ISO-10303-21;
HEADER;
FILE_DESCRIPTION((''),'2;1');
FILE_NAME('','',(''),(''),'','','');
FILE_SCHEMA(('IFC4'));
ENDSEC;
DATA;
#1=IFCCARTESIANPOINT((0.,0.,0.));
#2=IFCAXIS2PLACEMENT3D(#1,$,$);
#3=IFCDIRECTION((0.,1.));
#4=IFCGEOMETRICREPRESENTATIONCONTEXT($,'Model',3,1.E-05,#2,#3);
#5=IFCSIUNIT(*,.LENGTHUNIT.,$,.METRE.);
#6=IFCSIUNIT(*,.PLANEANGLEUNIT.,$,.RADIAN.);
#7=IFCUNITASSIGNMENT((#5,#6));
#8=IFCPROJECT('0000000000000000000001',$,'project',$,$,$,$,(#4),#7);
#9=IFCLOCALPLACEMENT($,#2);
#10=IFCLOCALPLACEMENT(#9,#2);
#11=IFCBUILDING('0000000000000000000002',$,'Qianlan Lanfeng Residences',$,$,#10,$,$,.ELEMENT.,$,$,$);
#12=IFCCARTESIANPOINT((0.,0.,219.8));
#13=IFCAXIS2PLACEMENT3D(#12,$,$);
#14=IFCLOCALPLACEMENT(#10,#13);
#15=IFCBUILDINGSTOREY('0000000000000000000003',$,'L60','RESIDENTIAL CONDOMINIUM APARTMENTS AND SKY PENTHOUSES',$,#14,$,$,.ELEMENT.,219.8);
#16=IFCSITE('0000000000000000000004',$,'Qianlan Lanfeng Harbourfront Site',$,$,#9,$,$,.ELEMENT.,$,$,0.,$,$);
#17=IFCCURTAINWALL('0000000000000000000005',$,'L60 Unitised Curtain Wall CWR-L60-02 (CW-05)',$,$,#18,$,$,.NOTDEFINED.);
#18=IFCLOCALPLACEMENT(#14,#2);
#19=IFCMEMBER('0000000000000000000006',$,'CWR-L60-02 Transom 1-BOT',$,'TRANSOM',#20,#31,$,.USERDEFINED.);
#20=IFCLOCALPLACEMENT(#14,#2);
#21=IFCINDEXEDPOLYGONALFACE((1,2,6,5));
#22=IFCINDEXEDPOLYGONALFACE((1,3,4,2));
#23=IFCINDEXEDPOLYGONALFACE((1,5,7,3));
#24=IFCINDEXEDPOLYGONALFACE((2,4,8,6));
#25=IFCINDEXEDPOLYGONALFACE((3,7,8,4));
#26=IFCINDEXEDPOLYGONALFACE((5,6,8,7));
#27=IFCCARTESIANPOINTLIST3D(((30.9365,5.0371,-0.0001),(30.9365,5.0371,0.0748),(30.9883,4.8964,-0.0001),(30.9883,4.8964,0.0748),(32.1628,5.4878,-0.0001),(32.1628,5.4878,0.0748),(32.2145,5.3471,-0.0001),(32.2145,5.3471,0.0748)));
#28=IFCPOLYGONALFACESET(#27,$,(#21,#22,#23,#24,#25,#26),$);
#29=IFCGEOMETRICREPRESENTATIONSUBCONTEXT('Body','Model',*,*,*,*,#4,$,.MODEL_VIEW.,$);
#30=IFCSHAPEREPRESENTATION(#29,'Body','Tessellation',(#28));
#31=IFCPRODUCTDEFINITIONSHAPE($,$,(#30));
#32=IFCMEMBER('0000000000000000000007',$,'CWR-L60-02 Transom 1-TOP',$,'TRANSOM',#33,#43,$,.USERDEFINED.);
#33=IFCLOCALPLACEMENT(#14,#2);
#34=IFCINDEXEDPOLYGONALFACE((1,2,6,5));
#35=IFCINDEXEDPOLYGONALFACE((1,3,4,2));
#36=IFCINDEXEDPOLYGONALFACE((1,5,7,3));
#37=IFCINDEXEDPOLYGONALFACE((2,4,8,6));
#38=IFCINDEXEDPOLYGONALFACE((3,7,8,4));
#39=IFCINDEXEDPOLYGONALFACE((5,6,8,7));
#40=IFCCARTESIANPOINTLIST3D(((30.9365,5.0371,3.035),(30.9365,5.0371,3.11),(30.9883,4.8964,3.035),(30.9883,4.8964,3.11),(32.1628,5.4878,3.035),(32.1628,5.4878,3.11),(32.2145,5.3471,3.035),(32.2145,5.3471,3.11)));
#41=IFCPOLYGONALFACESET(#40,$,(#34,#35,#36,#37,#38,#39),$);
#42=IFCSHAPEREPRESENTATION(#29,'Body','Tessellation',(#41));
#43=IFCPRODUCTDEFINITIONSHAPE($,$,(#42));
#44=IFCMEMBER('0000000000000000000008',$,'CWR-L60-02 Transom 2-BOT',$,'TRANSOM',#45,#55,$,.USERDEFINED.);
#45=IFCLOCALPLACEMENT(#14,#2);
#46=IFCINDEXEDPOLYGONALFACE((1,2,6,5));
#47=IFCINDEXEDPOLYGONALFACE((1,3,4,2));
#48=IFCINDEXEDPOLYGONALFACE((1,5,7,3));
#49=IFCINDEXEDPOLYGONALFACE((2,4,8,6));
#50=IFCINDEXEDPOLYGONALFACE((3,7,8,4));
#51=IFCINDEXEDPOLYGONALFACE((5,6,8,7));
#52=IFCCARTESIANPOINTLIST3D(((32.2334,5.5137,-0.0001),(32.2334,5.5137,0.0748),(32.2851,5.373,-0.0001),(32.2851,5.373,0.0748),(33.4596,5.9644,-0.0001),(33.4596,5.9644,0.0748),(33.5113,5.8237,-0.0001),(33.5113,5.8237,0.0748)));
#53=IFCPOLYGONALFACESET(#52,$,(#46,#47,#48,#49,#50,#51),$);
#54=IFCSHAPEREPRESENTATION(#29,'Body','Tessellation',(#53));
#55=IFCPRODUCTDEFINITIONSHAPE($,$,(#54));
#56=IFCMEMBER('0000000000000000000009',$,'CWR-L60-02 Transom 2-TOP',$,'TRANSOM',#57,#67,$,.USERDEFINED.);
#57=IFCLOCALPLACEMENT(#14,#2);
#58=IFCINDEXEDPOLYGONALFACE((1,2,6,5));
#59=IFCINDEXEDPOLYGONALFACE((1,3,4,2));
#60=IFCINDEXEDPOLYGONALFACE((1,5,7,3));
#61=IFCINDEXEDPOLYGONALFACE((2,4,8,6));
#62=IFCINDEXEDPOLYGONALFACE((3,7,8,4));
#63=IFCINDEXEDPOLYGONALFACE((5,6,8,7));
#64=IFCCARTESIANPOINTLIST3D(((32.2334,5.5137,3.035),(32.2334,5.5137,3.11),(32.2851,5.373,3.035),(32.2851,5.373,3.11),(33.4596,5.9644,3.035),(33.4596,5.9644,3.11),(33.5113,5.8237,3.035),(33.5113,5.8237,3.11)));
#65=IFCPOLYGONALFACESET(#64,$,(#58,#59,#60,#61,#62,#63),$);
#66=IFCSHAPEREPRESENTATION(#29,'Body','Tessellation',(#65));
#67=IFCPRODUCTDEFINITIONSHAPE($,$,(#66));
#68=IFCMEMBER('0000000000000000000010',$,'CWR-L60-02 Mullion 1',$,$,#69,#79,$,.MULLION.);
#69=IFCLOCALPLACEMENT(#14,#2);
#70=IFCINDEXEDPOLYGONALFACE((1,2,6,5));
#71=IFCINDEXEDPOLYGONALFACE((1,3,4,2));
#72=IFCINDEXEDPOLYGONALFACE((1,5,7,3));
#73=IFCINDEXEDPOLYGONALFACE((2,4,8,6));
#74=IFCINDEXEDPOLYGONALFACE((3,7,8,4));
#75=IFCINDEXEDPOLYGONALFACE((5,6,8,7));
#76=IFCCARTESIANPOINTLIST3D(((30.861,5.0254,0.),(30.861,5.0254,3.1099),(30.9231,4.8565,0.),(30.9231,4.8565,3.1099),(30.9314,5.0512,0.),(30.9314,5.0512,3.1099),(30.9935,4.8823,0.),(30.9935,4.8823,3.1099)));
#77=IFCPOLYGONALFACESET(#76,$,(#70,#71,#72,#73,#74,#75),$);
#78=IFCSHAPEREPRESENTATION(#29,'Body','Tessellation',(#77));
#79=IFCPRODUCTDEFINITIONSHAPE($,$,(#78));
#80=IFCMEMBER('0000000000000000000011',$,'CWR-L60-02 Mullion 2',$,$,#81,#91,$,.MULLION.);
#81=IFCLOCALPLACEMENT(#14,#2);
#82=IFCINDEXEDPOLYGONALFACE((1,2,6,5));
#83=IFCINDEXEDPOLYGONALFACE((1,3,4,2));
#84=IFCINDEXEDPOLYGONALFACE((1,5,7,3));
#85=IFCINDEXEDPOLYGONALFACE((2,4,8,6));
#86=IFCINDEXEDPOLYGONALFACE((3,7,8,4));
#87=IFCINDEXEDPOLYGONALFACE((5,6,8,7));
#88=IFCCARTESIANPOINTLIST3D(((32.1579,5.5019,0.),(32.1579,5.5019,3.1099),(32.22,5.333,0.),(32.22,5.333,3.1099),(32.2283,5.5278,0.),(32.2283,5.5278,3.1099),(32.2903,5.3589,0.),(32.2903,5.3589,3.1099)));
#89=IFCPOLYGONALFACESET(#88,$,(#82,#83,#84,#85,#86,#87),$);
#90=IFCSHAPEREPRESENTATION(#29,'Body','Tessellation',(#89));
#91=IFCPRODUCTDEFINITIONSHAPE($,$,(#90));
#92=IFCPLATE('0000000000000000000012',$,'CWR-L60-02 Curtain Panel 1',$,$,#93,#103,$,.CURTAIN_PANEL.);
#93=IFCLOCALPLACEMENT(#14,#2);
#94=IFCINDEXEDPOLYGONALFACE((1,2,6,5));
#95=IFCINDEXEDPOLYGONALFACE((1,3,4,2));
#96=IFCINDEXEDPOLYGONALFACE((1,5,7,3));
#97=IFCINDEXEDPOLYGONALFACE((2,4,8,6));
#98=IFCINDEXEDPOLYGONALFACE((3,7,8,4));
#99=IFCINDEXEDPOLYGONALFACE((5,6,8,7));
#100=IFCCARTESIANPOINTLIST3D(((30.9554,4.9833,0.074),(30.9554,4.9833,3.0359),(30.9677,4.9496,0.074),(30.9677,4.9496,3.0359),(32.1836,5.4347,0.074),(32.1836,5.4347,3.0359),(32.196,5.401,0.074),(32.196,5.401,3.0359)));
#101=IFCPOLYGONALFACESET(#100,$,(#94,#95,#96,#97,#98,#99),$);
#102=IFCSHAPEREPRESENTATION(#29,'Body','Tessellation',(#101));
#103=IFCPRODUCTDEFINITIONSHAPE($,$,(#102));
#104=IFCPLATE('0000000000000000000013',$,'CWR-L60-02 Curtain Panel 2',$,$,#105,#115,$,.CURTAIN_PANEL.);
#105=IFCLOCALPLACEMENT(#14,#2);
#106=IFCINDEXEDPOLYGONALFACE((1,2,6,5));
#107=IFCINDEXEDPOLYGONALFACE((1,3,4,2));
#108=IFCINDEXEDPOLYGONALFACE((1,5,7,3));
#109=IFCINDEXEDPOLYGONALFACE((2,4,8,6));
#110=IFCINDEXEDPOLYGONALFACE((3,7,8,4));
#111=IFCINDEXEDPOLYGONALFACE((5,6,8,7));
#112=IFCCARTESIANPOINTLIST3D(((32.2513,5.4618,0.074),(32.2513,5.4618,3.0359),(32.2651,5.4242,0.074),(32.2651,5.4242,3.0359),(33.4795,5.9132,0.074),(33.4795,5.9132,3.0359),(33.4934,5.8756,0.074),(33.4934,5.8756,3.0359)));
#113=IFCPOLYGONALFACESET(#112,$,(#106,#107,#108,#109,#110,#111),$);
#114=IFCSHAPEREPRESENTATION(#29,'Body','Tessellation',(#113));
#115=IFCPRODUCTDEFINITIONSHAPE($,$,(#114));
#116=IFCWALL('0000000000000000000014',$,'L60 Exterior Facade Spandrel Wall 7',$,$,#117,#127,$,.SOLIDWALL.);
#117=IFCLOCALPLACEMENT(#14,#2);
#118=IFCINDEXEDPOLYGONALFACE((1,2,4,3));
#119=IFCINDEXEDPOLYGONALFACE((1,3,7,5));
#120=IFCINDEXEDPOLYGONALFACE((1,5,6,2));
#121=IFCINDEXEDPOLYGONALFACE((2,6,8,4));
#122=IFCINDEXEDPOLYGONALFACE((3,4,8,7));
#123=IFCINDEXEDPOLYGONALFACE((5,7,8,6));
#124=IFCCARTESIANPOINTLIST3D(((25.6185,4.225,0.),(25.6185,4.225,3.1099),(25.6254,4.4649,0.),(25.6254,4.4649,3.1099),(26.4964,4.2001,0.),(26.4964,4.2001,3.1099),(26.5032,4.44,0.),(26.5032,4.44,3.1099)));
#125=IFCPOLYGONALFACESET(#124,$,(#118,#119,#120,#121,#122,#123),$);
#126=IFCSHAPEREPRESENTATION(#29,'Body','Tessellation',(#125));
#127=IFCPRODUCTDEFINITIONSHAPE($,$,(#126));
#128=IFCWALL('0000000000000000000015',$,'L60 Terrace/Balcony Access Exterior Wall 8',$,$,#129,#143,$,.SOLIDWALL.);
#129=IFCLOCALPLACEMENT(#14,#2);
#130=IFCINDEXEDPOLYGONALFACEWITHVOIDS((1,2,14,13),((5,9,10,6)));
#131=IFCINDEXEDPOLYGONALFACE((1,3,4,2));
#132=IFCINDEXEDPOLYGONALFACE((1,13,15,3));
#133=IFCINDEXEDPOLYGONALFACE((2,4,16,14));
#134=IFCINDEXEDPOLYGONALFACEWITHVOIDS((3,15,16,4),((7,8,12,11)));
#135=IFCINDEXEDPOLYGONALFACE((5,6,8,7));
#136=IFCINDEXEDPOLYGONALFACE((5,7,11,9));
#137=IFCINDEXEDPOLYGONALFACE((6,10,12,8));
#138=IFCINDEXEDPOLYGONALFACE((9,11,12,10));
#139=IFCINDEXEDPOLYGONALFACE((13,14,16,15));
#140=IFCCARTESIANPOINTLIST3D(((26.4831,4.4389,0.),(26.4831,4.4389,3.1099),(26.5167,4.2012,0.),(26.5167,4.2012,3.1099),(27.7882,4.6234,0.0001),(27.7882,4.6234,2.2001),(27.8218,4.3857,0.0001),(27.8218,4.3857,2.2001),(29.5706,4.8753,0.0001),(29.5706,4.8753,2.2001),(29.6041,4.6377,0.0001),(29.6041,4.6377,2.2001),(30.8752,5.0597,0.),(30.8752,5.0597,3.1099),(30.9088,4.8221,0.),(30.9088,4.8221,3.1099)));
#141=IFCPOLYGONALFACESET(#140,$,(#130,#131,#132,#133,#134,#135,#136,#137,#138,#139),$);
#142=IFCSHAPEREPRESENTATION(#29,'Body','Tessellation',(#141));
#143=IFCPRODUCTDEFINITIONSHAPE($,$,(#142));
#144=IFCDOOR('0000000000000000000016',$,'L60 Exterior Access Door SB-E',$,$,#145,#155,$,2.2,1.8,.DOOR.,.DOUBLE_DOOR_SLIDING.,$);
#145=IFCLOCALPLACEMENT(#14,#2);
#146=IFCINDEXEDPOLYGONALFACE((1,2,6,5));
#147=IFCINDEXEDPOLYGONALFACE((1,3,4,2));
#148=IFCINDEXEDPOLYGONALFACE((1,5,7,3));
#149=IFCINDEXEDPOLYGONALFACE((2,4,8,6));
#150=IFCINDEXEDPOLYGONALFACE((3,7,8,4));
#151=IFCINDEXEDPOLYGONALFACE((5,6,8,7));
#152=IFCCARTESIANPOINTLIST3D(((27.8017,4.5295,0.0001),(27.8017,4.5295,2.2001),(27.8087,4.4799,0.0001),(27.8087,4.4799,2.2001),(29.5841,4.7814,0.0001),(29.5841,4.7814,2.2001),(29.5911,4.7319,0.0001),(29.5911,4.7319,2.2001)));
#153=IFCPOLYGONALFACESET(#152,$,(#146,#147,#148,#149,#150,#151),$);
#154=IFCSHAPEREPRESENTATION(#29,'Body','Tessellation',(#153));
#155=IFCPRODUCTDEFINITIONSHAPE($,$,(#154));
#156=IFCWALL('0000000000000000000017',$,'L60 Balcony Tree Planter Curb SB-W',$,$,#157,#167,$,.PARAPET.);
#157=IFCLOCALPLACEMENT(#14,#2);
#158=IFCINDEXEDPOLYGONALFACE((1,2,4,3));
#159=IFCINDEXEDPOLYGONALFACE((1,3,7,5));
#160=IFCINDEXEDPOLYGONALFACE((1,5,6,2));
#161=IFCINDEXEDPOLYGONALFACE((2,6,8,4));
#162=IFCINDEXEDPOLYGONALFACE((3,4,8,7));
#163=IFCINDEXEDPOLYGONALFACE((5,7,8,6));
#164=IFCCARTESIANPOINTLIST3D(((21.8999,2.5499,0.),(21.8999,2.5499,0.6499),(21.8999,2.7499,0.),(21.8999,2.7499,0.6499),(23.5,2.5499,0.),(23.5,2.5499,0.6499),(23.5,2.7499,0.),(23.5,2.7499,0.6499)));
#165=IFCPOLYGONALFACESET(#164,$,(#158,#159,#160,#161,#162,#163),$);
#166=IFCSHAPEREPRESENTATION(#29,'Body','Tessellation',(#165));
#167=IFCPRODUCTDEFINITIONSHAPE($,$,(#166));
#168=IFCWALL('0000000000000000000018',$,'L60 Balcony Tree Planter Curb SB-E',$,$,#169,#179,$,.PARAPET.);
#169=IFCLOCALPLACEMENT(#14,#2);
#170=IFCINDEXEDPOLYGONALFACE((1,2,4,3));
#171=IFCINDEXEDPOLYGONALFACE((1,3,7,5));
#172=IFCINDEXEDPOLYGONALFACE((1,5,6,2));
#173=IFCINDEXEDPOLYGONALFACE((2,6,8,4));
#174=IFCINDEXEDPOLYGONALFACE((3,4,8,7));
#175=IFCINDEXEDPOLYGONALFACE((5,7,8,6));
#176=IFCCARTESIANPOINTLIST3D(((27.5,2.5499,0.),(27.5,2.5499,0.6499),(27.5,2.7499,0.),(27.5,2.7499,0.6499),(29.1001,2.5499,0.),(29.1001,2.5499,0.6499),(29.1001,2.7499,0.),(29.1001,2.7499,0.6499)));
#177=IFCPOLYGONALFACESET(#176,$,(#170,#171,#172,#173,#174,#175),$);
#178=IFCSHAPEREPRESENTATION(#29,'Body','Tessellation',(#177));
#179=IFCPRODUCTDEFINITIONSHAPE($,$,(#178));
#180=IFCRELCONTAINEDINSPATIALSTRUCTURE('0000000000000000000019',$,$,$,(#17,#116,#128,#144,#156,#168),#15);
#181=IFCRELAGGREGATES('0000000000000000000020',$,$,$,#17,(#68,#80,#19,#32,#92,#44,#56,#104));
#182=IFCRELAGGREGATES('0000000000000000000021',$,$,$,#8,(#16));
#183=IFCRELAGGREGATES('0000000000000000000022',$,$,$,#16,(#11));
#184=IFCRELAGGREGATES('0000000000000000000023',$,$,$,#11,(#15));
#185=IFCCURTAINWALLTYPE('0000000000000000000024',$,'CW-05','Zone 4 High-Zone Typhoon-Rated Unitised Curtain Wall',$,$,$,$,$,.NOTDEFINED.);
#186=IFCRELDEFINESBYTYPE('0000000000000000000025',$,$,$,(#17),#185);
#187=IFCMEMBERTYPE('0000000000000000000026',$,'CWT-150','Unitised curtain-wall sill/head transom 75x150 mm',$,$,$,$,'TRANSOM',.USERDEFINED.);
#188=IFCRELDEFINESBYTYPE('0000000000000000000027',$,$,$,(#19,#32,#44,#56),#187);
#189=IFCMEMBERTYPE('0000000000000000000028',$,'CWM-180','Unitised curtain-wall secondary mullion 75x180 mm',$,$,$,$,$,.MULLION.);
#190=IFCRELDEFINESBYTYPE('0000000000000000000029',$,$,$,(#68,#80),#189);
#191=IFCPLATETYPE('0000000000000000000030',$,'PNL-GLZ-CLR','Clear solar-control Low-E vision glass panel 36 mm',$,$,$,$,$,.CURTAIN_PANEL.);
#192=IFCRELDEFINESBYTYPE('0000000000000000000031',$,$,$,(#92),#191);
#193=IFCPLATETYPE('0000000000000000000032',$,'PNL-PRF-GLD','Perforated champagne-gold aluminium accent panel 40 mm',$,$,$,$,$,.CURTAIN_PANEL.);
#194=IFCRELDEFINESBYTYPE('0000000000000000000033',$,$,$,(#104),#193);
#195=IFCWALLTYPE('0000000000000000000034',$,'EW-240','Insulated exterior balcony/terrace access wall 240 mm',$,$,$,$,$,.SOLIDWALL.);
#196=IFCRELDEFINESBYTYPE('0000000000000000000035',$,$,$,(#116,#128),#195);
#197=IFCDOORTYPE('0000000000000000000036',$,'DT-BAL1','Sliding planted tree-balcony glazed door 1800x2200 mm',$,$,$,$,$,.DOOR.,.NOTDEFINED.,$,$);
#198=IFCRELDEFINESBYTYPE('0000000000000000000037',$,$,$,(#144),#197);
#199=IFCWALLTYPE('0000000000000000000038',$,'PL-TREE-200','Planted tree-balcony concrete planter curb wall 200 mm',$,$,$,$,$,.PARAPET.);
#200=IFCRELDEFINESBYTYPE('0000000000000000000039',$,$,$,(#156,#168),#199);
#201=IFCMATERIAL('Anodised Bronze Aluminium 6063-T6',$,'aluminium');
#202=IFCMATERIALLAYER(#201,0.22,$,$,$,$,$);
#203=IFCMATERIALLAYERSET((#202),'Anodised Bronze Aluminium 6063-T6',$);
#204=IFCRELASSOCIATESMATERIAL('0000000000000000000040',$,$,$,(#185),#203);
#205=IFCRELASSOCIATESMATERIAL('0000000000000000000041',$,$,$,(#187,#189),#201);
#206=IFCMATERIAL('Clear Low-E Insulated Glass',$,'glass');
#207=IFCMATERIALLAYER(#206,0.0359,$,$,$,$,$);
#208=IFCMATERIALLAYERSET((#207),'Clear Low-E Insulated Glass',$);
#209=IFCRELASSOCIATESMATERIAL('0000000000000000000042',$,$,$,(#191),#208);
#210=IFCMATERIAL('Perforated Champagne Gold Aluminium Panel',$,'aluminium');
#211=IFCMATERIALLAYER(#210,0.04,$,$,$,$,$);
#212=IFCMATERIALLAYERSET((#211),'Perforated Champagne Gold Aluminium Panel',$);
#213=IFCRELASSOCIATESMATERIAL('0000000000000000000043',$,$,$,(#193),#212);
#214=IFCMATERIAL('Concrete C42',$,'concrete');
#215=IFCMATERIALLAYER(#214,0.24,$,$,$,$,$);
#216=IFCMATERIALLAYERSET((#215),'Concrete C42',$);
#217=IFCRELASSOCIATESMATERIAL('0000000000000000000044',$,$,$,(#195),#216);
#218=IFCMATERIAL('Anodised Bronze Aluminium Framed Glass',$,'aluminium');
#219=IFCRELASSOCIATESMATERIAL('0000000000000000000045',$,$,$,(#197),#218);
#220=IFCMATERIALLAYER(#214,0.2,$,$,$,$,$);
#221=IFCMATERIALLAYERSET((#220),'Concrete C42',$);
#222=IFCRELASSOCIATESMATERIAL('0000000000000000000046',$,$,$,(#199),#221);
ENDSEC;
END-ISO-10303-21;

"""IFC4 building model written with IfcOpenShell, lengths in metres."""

from ifc_helpers import new_model, si_unit, direction, frame, frame_2d, origin, origin_2d, place, context, subcontext, project, spatial, rectangle, extrude, source, transform, mapped, material, layer, layer_set, material_profile, profile_set, type_object, element, fill, aggregate, save


model = new_model("IFC4")

# Units and contexts
model_context = context("Model", 3, precision=1e-05, world=origin(), true_north=direction((0.0, 1.0)))
body_context = subcontext(model_context, "Body", "Model", "MODEL_VIEW")
ifc_project = project(units=[si_unit("LENGTHUNIT", "METRE"), si_unit("PLANEANGLEUNIT", "RADIAN")], contexts=[model_context])

# Site, building, storey
site_placement = place(None, origin())
site = spatial("IfcSite", under=ifc_project, at=site_placement, Name="Qianlan Lanfeng Harbourfront Site", CompositionType="ELEMENT", RefElevation=0.0)
building_placement = place(site_placement, origin())
building = spatial("IfcBuilding", under=site, at=building_placement, Name="Qianlan Lanfeng Residences", CompositionType="ELEMENT")
storey_placement = place(building_placement, frame((0.0, 0.0, 219.8)))
storey = spatial("IfcBuildingStorey", under=building, at=storey_placement, Name="L60", Description="RESIDENTIAL CONDOMINIUM APARTMENTS AND SKY PENTHOUSES", CompositionType="ELEMENT", Elevation=219.8)

# Curtain wall, members, plates
ifc_material_1 = material(Name="Anodised Bronze Aluminium 6063-T6", Category="aluminium")
ifc_layer_1 = layer(ifc_material_1, 0.22)
ifc_layer_set_1 = layer_set([ifc_layer_1], Name="Anodised Bronze Aluminium 6063-T6")
curtain_wall_type = type_object("IfcCurtainWallType", Name="CW-05", Description="Zone 4 High-Zone Typhoon-Rated Unitised Curtain Wall", PredefinedType="NOTDEFINED", material=ifc_layer_set_1)
curtain_wall_placement = place(storey_placement, origin())
curtain_wall = element("IfcCurtainWall", 1, at=curtain_wall_placement, inside=storey, type_object=curtain_wall_type, Name="L60 Unitised Curtain Wall CWR-L60-02 (CW-05)", PredefinedType="NOTDEFINED")
ifc_material_profile_1 = material_profile(ifc_material_1, rectangle(XDim=0.075, YDim=0.1499, at=origin_2d()), Name="ALU TRANSOM 75x150")
ifc_profile_set_1 = profile_set([ifc_material_profile_1], Name="Anodised Bronze Aluminium 6063-T6")
member_type_1 = type_object("IfcMemberType", Name="CWT-150", Description="Unitised curtain-wall sill/head transom 75x150 mm", ElementType="TRANSOM", PredefinedType="USERDEFINED", material=ifc_profile_set_1)
shared_shape_1 = source(origin(), body_context, "Body", "SweptSolid", [
    extrude(rectangle(XDim=0.075, YDim=0.1499, at=origin_2d()), origin(), (0.0, 0.0, 1.0), 1.3064),
])
member_1_placement = place(storey_placement, frame((30.9624, 4.9668, 0.0374), z_axis=(0.93862, 0.344952, 0.0), x_axis=(0.0, 0.0, 1.0)))
member_1 = element("IfcMember", 2, at=member_1_placement, type_object=member_type_1, Name="CWR-L60-02 Transom 1-BOT", ObjectType="TRANSOM", PredefinedType="USERDEFINED", context=body_context, shape_type="MappedRepresentation", body=[
    mapped(shared_shape_1, transform((0.0, 0.0, 0.0), scale=1.0)),
])
member_2_placement = place(storey_placement, frame((30.9624, 4.9668, 3.0725), z_axis=(0.93862, 0.344952, 0.0), x_axis=(0.0, 0.0, 1.0)))
member_2 = element("IfcMember", 3, at=member_2_placement, type_object=member_type_1, Name="CWR-L60-02 Transom 1-TOP", ObjectType="TRANSOM", PredefinedType="USERDEFINED", context=body_context, shape_type="MappedRepresentation", body=[
    mapped(shared_shape_1, transform((0.0, 0.0, 0.0), scale=1.0)),
])
member_3_placement = place(storey_placement, frame((32.2593, 5.4434, 0.0374), z_axis=(0.93862, 0.344952, 0.0), x_axis=(0.0, 0.0, 1.0)))
member_3 = element("IfcMember", 4, at=member_3_placement, type_object=member_type_1, Name="CWR-L60-02 Transom 2-BOT", ObjectType="TRANSOM", PredefinedType="USERDEFINED", context=body_context, shape_type="MappedRepresentation", body=[
    mapped(shared_shape_1, transform((0.0, 0.0, 0.0), scale=1.0)),
])
member_4_placement = place(storey_placement, frame((32.2593, 5.4434, 3.0725), z_axis=(0.93862, 0.344952, 0.0), x_axis=(0.0, 0.0, 1.0)))
member_4 = element("IfcMember", 5, at=member_4_placement, type_object=member_type_1, Name="CWR-L60-02 Transom 2-TOP", ObjectType="TRANSOM", PredefinedType="USERDEFINED", context=body_context, shape_type="MappedRepresentation", body=[
    mapped(shared_shape_1, transform((0.0, 0.0, 0.0), scale=1.0)),
])
ifc_material_profile_2 = material_profile(ifc_material_1, rectangle(XDim=0.075, YDim=0.1799, at=origin_2d()), Name="ALU MULLION 75x180")
ifc_profile_set_2 = profile_set([ifc_material_profile_2], Name="Anodised Bronze Aluminium 6063-T6")
member_type_2 = type_object("IfcMemberType", Name="CWM-180", Description="Unitised curtain-wall secondary mullion 75x180 mm", PredefinedType="MULLION", material=ifc_profile_set_2)
shared_shape_2 = source(origin(), body_context, "Body", "SweptSolid", [
    extrude(rectangle(XDim=0.075, YDim=0.1799, at=origin_2d()), origin(), (0.0, 0.0, 1.0), 3.1099),
])
member_5_placement = place(storey_placement, frame((30.9272, 4.9539, 0.0), z_axis=(0.0, 0.0, 1.0), x_axis=(0.938626, 0.344938, 0.0)))
member_5 = element("IfcMember", 6, at=member_5_placement, type_object=member_type_2, Name="CWR-L60-02 Mullion 1", PredefinedType="MULLION", context=body_context, shape_type="MappedRepresentation", body=[
    mapped(shared_shape_2, transform((0.0, 0.0, 0.0), scale=1.0)),
])
member_6_placement = place(storey_placement, frame((32.2241, 5.4304, 0.0), z_axis=(0.0, 0.0, 1.0), x_axis=(0.938626, 0.344938, 0.0)))
member_6 = element("IfcMember", 7, at=member_6_placement, type_object=member_type_2, Name="CWR-L60-02 Mullion 2", PredefinedType="MULLION", context=body_context, shape_type="MappedRepresentation", body=[
    mapped(shared_shape_2, transform((0.0, 0.0, 0.0), scale=1.0)),
])
ifc_material_2 = material(Name="Clear Low-E Insulated Glass", Category="glass")
ifc_layer_2 = layer(ifc_material_2, 0.0359)
ifc_layer_set_2 = layer_set([ifc_layer_2], Name="Clear Low-E Insulated Glass")
plate_type_1 = type_object("IfcPlateType", Name="PNL-GLZ-CLR", Description="Clear solar-control Low-E vision glass panel 36 mm", PredefinedType="CURTAIN_PANEL", material=ifc_layer_set_2)
shared_shape_3 = source(origin(), body_context, "Body", "SweptSolid", [
    extrude(rectangle(XDim=1.3086, YDim=0.0359, at=origin_2d()), origin(), (0.0, 0.0, 1.0), 2.9619),
])
plate_1_placement = place(storey_placement, frame((31.5757, 5.1921, 0.074), z_axis=(0.0, 0.0, 1.0), x_axis=(0.938626, 0.344938, 0.0)))
plate_1 = element("IfcPlate", 8, at=plate_1_placement, type_object=plate_type_1, Name="CWR-L60-02 Curtain Panel 1", PredefinedType="CURTAIN_PANEL", context=body_context, shape_type="MappedRepresentation", body=[
    mapped(shared_shape_3, transform((0.0, 0.0, 0.0), scale=1.0)),
])
ifc_material_3 = material(Name="Perforated Champagne Gold Aluminium Panel", Category="aluminium")
ifc_layer_3 = layer(ifc_material_3, 0.04)
ifc_layer_set_3 = layer_set([ifc_layer_3], Name="Perforated Champagne Gold Aluminium Panel")
plate_type_2 = type_object("IfcPlateType", Name="PNL-PRF-GLD", Description="Perforated champagne-gold aluminium accent panel 40 mm", PredefinedType="CURTAIN_PANEL", material=ifc_layer_set_3)
shared_shape_4 = source(origin(), body_context, "Body", "SweptSolid", [
    extrude(rectangle(XDim=1.3086, YDim=0.04, at=origin_2d()), origin(), (0.0, 0.0, 1.0), 2.9619),
])
plate_2_placement = place(storey_placement, frame((32.8723, 5.6687, 0.074), z_axis=(0.0, 0.0, 1.0), x_axis=(0.938626, 0.344938, 0.0)))
plate_2 = element("IfcPlate", 9, at=plate_2_placement, type_object=plate_type_2, Name="CWR-L60-02 Curtain Panel 2", PredefinedType="CURTAIN_PANEL", context=body_context, shape_type="MappedRepresentation", body=[
    mapped(shared_shape_4, transform((0.0, 0.0, 0.0), scale=1.0)),
])
aggregate(curtain_wall, [member_5, member_6, member_1, member_2, plate_1, member_3, member_4, plate_2])

# Wall
ifc_material_4 = material(Name="Concrete C42", Category="concrete")
ifc_layer_4 = layer(ifc_material_4, 0.24)
ifc_layer_set_4 = layer_set([ifc_layer_4], Name="Concrete C42")
wall_type_1 = type_object("IfcWallType", Name="EW-240", Description="Insulated exterior balcony/terrace access wall 240 mm", PredefinedType="SOLIDWALL", material=ifc_layer_set_4)
wall_1_placement = place(storey_placement, frame((25.6221, 4.345, 0.0), z_axis=(0.0, 0.0, 1.0), x_axis=(0.999598, -0.028353, 0.0)))
element("IfcWall", 10, at=wall_1_placement, inside=storey, type_object=wall_type_1, Name="L60 Exterior Facade Spandrel Wall 7", PredefinedType="SOLIDWALL", context=body_context, shape_type="SweptSolid", body=[
    extrude(rectangle(XDim=0.8782, YDim=0.24, at=frame_2d((0.439, 0.0))), origin(), (0.0, 0.0, 1.0), 3.1099),
])

# Wall, opening, door
wall_2_placement = place(storey_placement, frame((26.5, 4.3201, 0.0), z_axis=(0.0, 0.0, 1.0), x_axis=(0.990156, 0.139965, 0.0)))
wall_2 = element("IfcWall", 11, at=wall_2_placement, inside=storey, type_object=wall_type_1, Name="L60 Terrace/Balcony Access Exterior Wall 8", PredefinedType="SOLIDWALL", context=body_context, shape_type="SweptSolid", body=[
    extrude(rectangle(XDim=4.4358, YDim=0.24, at=frame_2d((2.2178, 0.0))), origin(), (0.0, 0.0, 1.0), 3.1099),
])
opening_1_placement = place(wall_2_placement, frame((1.3181, 0.0, 0.0)))
opening_1 = element("IfcOpeningElement", 12, at=opening_1_placement, cuts=wall_2, PredefinedType="OPENING", context=body_context, shape_type="SweptSolid", body=[
    extrude(rectangle(XDim=1.8, YDim=2.2, at=frame_2d((0.8999, 1.1001))), frame((0.0, 0.1299, 0.0), z_axis=(0.0, -1.0, 0.0), x_axis=(1.0, 0.0, 0.0)), (0.0, 0.0, 1.0), 0.26),
])
ifc_material_5 = material(Name="Anodised Bronze Aluminium Framed Glass", Category="aluminium")
door_type_1 = type_object("IfcDoorType", Name="DT-BAL1", Description="Sliding planted tree-balcony glazed door 1800x2200 mm", OperationType="NOTDEFINED", PredefinedType="DOOR", material=ifc_material_5)
door_1_placement = place(opening_1_placement, frame((1.8, 0.0, 0.0), z_axis=(0.0, 0.0, 1.0), x_axis=(-1.0, 0.0, 0.0)))
door_1 = element("IfcDoor", 13, at=door_1_placement, inside=storey, type_object=door_type_1, Name="L60 Exterior Access Door SB-E", OperationType="DOUBLE_DOOR_SLIDING", OverallHeight=2.2, OverallWidth=1.8, PredefinedType="DOOR", context=body_context, shape_type="SweptSolid", body=[
    extrude(rectangle(XDim=1.8, YDim=2.2, at=frame_2d((0.8999, 1.1001))), frame((0.0, 0.0249, 0.0), z_axis=(0.0, -1.0, 0.0), x_axis=(1.0, 0.0, 0.0)), (0.0, 0.0, 1.0), 0.05),
])
fill(opening_1, door_1)

# Walls
ifc_layer_5 = layer(ifc_material_4, 0.2)
ifc_layer_set_5 = layer_set([ifc_layer_5], Name="Concrete C42")
wall_type_2 = type_object("IfcWallType", Name="PL-TREE-200", Description="Planted tree-balcony concrete planter curb wall 200 mm", PredefinedType="PARAPET", material=ifc_layer_set_5)
for number, where, z_axis, x_axis, name in (
    (14, (21.8999, 2.6499, 0.0), (0.0, 0.0, 1.0), (1.0, 0.0, 0.0), "L60 Balcony Tree Planter Curb SB-W"),
    (15, (27.5, 2.6499, 0.0), (0.0, 0.0, 1.0), (1.0, 0.0, 0.0), "L60 Balcony Tree Planter Curb SB-E"),
):
    element("IfcWall", number, at=place(storey_placement, frame(where, z_axis=z_axis, x_axis=x_axis)), inside=storey, type_object=wall_type_2, Name=name, PredefinedType="PARAPET", context=body_context, shape_type="SweptSolid", body=[
        extrude(rectangle(XDim=1.6001, YDim=0.2, at=frame_2d((0.8, 0.0))), origin(), (0.0, 0.0, 1.0), 0.6499),
    ])

save(model, "model.ifc")
